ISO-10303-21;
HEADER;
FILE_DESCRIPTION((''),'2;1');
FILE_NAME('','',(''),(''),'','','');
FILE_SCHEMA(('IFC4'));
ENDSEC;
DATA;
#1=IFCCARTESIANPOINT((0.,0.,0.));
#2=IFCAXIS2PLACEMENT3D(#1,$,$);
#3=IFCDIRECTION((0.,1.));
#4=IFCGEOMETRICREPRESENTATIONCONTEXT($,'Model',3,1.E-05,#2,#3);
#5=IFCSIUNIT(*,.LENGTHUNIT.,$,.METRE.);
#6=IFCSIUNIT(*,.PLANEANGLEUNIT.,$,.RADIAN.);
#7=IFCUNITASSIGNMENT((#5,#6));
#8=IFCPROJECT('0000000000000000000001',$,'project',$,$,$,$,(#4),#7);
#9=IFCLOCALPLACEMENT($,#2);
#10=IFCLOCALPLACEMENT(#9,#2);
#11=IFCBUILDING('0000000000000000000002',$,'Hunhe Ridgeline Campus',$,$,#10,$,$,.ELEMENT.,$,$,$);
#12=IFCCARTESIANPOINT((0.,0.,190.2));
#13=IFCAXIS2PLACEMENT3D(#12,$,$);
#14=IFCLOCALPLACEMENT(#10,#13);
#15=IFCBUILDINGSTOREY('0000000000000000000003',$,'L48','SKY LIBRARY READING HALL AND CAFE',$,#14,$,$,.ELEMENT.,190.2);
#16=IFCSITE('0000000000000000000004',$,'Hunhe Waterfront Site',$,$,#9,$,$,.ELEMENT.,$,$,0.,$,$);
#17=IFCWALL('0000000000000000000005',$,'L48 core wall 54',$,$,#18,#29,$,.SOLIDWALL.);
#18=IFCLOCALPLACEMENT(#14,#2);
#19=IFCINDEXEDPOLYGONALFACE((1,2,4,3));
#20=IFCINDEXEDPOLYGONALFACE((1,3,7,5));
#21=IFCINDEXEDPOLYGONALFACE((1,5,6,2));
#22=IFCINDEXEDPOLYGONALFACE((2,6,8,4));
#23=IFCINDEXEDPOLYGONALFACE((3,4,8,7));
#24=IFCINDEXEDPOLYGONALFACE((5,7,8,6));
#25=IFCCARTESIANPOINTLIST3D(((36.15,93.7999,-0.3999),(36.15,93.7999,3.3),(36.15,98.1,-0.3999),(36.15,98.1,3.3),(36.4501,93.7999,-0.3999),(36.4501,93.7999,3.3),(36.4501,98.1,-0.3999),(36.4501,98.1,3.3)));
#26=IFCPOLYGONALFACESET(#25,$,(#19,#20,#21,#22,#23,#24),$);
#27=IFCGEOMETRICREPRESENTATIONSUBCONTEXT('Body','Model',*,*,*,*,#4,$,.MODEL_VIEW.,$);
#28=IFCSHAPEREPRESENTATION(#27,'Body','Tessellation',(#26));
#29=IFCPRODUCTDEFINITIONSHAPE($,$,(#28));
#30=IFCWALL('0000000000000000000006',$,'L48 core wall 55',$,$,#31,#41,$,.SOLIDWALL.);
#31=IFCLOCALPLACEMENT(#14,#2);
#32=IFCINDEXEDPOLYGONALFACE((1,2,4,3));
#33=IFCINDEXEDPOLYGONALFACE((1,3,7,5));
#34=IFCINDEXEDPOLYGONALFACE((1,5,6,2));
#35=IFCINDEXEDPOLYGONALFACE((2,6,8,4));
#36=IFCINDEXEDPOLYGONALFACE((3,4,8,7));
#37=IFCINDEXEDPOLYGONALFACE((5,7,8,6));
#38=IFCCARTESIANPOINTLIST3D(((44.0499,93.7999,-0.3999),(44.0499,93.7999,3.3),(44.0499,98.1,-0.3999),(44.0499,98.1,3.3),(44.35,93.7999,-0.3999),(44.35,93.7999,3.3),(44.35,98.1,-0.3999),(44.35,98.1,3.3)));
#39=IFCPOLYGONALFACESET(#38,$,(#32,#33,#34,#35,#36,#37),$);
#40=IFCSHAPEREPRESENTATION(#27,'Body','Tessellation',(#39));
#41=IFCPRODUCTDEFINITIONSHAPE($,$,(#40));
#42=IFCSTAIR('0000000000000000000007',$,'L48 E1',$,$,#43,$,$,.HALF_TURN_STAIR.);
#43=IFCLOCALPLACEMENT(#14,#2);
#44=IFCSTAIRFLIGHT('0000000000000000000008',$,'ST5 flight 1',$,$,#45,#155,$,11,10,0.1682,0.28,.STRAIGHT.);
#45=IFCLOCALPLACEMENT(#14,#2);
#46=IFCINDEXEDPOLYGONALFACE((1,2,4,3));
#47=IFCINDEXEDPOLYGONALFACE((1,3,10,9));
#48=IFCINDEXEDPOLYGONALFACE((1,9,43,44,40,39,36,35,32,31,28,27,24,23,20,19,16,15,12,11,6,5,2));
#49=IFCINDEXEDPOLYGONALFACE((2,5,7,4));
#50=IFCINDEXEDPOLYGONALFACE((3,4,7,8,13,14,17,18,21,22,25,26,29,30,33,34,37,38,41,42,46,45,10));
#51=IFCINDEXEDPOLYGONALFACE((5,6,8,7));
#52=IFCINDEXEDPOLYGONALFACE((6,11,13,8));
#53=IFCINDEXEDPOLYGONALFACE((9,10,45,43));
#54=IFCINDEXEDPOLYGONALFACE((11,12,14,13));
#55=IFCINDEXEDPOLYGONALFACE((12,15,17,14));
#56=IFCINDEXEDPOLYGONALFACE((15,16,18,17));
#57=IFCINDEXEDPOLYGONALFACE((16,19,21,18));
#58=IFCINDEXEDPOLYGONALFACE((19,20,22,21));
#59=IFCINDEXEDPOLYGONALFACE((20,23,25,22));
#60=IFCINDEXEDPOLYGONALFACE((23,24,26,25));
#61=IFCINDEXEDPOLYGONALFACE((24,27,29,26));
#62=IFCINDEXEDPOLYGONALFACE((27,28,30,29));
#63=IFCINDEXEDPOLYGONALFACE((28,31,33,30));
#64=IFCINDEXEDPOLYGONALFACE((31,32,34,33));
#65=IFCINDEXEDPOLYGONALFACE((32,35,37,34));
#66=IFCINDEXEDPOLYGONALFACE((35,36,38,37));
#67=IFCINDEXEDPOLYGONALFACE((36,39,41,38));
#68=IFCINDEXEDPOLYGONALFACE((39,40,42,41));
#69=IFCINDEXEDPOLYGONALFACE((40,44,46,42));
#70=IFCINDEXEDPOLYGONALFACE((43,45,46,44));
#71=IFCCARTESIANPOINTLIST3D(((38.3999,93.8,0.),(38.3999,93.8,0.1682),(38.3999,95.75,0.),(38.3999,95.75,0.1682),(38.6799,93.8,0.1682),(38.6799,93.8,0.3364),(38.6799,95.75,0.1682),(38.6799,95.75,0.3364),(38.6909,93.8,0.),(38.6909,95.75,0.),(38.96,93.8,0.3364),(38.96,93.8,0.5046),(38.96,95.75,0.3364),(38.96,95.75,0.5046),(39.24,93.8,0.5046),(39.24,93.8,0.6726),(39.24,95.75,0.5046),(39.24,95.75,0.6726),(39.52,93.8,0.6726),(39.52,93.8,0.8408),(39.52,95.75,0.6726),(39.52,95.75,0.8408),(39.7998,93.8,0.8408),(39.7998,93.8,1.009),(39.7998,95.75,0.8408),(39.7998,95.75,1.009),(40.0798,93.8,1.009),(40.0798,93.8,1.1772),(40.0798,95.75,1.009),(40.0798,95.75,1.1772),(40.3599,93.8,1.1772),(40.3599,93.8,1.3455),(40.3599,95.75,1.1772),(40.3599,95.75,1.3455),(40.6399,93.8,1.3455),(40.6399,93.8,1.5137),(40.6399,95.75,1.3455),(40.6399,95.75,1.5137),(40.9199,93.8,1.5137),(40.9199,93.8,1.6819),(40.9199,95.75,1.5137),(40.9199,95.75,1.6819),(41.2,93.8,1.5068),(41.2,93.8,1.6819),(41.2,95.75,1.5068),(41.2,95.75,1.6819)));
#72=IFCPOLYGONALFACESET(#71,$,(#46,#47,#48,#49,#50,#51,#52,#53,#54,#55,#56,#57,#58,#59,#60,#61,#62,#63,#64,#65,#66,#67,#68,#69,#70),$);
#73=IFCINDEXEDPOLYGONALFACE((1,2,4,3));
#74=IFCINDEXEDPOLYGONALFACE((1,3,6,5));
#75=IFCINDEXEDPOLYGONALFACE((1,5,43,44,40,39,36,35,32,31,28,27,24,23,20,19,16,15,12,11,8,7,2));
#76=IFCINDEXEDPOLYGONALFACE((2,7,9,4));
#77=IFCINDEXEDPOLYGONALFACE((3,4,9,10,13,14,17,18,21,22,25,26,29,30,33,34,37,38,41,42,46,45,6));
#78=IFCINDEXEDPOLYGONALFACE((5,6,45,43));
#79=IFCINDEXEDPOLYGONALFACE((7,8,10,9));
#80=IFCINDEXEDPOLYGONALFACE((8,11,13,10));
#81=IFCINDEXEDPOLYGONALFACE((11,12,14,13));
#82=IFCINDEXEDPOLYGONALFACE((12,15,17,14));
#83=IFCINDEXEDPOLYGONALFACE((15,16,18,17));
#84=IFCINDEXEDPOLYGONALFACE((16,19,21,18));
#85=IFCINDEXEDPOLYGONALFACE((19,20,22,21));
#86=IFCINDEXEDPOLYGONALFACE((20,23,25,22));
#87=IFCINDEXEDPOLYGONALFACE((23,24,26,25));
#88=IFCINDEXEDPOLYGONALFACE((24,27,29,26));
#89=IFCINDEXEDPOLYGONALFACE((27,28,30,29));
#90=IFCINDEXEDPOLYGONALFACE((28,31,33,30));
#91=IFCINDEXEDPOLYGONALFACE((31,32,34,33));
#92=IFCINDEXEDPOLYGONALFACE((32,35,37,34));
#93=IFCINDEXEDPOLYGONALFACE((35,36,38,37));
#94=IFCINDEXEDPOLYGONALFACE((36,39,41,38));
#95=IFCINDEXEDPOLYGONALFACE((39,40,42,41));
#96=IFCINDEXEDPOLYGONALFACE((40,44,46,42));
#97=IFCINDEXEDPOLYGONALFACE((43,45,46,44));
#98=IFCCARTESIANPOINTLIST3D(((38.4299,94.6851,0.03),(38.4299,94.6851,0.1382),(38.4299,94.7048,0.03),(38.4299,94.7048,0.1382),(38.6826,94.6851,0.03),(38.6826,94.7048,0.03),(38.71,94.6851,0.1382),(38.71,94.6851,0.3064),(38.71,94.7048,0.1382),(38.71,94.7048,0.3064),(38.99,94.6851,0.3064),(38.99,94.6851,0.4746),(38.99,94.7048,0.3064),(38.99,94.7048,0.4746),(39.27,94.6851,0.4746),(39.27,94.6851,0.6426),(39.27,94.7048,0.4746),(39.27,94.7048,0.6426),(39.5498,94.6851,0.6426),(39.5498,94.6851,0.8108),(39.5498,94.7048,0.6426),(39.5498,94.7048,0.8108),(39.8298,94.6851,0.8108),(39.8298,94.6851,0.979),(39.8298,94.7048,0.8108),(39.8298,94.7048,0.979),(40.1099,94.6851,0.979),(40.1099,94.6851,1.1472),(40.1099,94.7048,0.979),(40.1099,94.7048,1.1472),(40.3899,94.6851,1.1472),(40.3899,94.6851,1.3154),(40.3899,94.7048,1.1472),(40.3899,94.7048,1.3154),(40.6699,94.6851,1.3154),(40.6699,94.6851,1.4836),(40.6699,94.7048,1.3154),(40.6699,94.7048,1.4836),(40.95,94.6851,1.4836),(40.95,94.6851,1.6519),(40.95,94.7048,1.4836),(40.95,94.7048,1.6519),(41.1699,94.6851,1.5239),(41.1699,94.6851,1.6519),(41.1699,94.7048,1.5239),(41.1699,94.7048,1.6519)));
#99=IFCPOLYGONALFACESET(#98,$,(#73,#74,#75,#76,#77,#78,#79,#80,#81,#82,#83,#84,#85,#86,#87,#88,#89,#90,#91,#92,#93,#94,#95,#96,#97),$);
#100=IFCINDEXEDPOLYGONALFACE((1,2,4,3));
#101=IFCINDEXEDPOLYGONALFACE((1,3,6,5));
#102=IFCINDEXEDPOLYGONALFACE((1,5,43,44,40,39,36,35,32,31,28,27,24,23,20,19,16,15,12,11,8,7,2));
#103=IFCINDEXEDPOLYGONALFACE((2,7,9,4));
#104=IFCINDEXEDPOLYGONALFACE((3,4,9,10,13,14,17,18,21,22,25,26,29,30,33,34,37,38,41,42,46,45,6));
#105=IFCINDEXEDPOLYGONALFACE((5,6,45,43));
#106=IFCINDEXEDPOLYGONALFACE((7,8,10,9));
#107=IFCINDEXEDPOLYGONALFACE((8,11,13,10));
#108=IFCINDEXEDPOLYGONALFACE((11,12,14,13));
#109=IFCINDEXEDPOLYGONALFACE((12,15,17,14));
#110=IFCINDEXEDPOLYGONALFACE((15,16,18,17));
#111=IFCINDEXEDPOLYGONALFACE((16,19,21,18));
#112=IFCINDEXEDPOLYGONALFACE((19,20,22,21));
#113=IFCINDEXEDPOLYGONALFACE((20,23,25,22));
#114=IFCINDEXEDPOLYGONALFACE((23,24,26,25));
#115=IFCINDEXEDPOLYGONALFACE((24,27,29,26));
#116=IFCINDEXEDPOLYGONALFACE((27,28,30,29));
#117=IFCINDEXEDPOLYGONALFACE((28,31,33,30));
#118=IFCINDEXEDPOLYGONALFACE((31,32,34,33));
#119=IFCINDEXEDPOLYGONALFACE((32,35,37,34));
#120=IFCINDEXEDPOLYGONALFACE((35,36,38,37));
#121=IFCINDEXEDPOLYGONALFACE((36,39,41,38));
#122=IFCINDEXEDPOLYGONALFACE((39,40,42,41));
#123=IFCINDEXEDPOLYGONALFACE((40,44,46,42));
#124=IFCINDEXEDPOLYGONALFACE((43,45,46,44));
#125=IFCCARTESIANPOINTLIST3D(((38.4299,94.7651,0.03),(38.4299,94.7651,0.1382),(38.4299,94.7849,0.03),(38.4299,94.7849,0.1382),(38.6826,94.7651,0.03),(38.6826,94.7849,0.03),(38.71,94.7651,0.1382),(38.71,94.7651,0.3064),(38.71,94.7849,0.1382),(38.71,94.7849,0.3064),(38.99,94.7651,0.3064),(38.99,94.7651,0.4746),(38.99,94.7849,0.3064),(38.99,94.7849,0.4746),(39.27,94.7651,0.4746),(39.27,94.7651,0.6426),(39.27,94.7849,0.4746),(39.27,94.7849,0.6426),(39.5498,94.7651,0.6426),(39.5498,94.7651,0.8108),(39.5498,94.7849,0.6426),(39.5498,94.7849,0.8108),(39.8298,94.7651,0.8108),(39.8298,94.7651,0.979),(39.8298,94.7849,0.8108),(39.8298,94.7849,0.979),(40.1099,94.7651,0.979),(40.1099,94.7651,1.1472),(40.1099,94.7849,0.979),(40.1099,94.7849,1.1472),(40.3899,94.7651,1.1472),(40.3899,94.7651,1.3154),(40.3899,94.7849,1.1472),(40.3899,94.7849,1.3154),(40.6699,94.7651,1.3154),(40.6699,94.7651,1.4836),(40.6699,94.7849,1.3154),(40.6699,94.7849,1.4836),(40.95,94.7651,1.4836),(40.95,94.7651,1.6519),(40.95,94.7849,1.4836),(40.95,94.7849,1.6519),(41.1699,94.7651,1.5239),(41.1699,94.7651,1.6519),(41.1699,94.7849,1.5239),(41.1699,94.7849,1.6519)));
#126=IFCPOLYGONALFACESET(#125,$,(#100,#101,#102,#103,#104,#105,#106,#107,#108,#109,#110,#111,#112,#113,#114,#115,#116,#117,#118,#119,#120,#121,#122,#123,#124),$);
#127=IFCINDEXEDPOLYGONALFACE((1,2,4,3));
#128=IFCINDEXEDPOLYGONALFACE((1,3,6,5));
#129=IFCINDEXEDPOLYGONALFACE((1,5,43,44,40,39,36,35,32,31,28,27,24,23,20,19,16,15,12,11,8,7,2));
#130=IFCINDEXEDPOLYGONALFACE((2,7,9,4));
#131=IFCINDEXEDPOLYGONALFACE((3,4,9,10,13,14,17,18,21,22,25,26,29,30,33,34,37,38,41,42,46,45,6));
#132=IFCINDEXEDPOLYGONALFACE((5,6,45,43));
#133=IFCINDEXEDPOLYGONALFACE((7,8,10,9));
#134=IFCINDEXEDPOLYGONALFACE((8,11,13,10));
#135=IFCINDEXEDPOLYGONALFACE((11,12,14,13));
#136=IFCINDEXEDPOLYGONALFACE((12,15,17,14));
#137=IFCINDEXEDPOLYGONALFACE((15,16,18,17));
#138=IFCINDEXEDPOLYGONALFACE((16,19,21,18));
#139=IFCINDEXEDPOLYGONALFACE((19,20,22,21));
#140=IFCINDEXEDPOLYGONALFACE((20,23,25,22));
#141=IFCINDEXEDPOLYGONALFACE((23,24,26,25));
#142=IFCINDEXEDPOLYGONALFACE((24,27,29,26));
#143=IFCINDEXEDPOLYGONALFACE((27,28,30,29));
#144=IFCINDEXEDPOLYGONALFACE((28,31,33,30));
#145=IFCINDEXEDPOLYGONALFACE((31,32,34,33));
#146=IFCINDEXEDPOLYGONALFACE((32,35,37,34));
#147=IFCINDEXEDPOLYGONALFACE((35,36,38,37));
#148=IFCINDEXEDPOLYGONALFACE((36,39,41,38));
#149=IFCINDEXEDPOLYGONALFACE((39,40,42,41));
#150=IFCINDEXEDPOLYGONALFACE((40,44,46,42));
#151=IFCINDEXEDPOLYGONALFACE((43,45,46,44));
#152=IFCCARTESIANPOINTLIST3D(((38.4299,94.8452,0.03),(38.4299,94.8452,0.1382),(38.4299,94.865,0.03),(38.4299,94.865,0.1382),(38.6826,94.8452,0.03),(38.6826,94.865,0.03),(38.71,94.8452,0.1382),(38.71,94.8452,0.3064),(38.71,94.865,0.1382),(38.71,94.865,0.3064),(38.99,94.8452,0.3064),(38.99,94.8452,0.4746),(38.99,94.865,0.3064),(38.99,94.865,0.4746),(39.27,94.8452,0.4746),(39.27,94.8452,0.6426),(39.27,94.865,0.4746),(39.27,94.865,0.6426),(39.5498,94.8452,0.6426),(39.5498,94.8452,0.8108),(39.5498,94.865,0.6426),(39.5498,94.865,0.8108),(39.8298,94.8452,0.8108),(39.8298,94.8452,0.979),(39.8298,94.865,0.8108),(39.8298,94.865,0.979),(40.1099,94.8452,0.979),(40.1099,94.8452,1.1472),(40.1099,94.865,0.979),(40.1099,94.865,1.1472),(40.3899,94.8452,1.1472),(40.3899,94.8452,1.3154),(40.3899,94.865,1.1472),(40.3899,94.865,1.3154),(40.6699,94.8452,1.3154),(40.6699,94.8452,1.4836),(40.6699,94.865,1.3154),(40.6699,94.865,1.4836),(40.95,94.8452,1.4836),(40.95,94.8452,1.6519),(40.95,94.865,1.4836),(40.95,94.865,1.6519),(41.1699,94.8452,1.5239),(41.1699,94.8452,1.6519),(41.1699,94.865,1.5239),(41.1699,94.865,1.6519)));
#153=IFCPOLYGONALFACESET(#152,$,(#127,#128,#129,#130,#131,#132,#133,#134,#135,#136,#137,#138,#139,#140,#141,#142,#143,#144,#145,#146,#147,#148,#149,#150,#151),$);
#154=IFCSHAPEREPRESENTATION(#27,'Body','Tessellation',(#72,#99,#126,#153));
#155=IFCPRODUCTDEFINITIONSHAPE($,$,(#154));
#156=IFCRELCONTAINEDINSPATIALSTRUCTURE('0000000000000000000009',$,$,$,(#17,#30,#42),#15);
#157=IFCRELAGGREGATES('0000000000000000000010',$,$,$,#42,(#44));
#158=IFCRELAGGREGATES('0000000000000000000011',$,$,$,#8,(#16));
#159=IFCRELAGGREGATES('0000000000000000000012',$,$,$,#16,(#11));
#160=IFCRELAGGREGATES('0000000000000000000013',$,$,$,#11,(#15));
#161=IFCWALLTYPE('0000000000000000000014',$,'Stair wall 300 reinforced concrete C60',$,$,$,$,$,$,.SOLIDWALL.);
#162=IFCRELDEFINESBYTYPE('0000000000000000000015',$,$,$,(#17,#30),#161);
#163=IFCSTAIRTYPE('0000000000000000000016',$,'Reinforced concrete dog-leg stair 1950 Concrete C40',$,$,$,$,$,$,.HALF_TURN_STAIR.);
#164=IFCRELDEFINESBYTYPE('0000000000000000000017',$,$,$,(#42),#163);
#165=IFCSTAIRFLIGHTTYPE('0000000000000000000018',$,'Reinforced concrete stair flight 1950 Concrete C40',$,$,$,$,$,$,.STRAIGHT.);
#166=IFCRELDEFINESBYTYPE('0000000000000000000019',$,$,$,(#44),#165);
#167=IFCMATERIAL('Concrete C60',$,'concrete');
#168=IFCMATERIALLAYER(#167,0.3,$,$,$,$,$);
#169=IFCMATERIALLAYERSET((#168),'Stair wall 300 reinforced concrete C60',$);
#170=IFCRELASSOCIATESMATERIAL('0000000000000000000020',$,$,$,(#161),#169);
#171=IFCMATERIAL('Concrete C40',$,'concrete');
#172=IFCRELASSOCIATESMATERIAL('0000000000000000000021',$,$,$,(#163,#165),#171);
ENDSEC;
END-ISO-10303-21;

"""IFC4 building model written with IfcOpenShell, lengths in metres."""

from ifc_helpers import new_model, si_unit, direction, frame, frame_2d, origin, place, context, subcontext, project, spatial, polyline, rectangle, outline, extrude, material, layer, layer_set, type_object, element, aggregate, save


model = new_model("IFC4")

# Units and contexts
model_context = context("Model", 3, precision=1e-05, world=origin(), true_north=direction((0.0, 1.0)))
body_context = subcontext(model_context, "Body", "Model", "MODEL_VIEW")
ifc_project = project(units=[si_unit("LENGTHUNIT", "METRE"), si_unit("PLANEANGLEUNIT", "RADIAN")], contexts=[model_context])

# Site, building, storey
site_placement = place(None, origin())
site = spatial("IfcSite", under=ifc_project, at=site_placement, Name="Hunhe Waterfront Site", CompositionType="ELEMENT", RefElevation=0.0)
building_placement = place(site_placement, origin())
building = spatial("IfcBuilding", under=site, at=building_placement, Name="Hunhe Ridgeline Campus", CompositionType="ELEMENT")
storey_placement = place(building_placement, frame((0.0, 0.0, 190.2)))
storey = spatial("IfcBuildingStorey", under=building, at=storey_placement, Name="L48", Description="SKY LIBRARY READING HALL AND CAFE", CompositionType="ELEMENT", Elevation=190.2)

# Shared definitions
ifc_material_1 = material(Name="Concrete C60", Category="concrete")

# Walls
ifc_layer_1 = layer(ifc_material_1, 0.3)
ifc_layer_set_1 = layer_set([ifc_layer_1], Name="Stair wall 300 reinforced concrete C60")
wall_type_1 = type_object("IfcWallType", Name="Stair wall 300 reinforced concrete C60", PredefinedType="SOLIDWALL", material=ifc_layer_set_1)
for number, where, z_axis, x_axis, name in (
    (1, (36.3, 93.8, -0.3999), (0.0, 0.0, 1.0), (0.0, 1.0, 0.0), "L48 core wall 54"),
    (2, (44.2, 93.8, -0.3999), (0.0, 0.0, 1.0), (0.0, 1.0, 0.0), "L48 core wall 55"),
):
    element("IfcWall", number, at=place(storey_placement, frame(where, z_axis=z_axis, x_axis=x_axis)), inside=storey, type_object=wall_type_1, Name=name, PredefinedType="SOLIDWALL", context=body_context, shape_type="SweptSolid", body=[
        extrude(rectangle(XDim=4.3, YDim=0.3, at=frame_2d((2.1499, 0.0))), origin(), (0.0, 0.0, 1.0), 3.7),
    ])

# Stair, stair flight
ifc_material_2 = material(Name="Concrete C40", Category="concrete")
stair_type = type_object("IfcStairType", Name="Reinforced concrete dog-leg stair 1950 Concrete C40", PredefinedType="HALF_TURN_STAIR", material=ifc_material_2)
stair_placement = place(storey_placement, origin())
stair = element("IfcStair", 3, at=stair_placement, inside=storey, type_object=stair_type, Name="L48 E1", PredefinedType="HALF_TURN_STAIR")
stair_flight_type = type_object("IfcStairFlightType", Name="Reinforced concrete stair flight 1950 Concrete C40", PredefinedType="STRAIGHT", material=ifc_material_2)
stair_flight_1_placement = place(storey_placement, frame((38.3999, 94.7749, 0.0), z_axis=(0.0, 0.0, 1.0), x_axis=(1.0, 0.0, 0.0)))
stair_flight_1 = element("IfcStairFlight", 4, at=stair_flight_1_placement, type_object=stair_flight_type, Name="ST5 flight 1", NumberOfRisers=11, NumberOfTreads=10, PredefinedType="STRAIGHT", RiserHeight=0.1682, TreadLength=0.28, context=body_context, shape_type="SweptSolid", body=[
    extrude(outline(polyline([(0.0, 0.0), (0.0, 0.1682), (0.28, 0.1682), (0.28, 0.3364), (0.5601, 0.3364), (0.5601, 0.5046), (0.8401, 0.5046), (0.8401, 0.6726), (1.1201, 0.6726), (1.1201, 0.8408), (1.3999, 0.8408), (1.3999, 1.009), (1.6799, 1.009), (1.6799, 1.1772), (1.96, 1.1772), (1.96, 1.3455), (2.24, 1.3455), (2.24, 1.5137), (2.52, 1.5137), (2.52, 1.6819), (2.8, 1.6819), (2.8, 1.8501), (2.8, 1.5068), (0.291, 0.0), (0.0, 0.0)])), frame((0.0, 0.9751, 0.0), z_axis=(0.0, -1.0, 0.0), x_axis=(1.0, 0.0, 0.0)), (0.0, 0.0, 1.0), 1.95),
    extrude(outline(polyline([(0.03, 0.03), (0.03, 0.1382), (0.3101, 0.1382), (0.3101, 0.3064), (0.5901, 0.3064), (0.5901, 0.4746), (0.8701, 0.4746), (0.8701, 0.6426), (1.1499, 0.6426), (1.1499, 0.8108), (1.4299, 0.8108), (1.4299, 0.979), (1.71, 0.979), (1.71, 1.1472), (1.99, 1.1472), (1.99, 1.3154), (2.27, 1.3154), (2.27, 1.4836), (2.55, 1.4836), (2.55, 1.6519), (2.77, 1.6519), (2.77, 1.5239), (0.2827, 0.03), (0.03, 0.03)])), frame((0.0, -0.0701, 0.0), z_axis=(0.0, -1.0, 0.0), x_axis=(1.0, 0.0, 0.0)), (0.0, 0.0, 1.0), 0.0198),
    extrude(outline(polyline([(0.03, 0.03), (0.03, 0.1382), (0.3101, 0.1382), (0.3101, 0.3064), (0.5901, 0.3064), (0.5901, 0.4746), (0.8701, 0.4746), (0.8701, 0.6426), (1.1499, 0.6426), (1.1499, 0.8108), (1.4299, 0.8108), (1.4299, 0.979), (1.71, 0.979), (1.71, 1.1472), (1.99, 1.1472), (1.99, 1.3154), (2.27, 1.3154), (2.27, 1.4836), (2.55, 1.4836), (2.55, 1.6519), (2.77, 1.6519), (2.77, 1.5239), (0.2827, 0.03), (0.03, 0.03)])), frame((0.0, 0.01, 0.0), z_axis=(0.0, -1.0, 0.0), x_axis=(1.0, 0.0, 0.0)), (0.0, 0.0, 1.0), 0.0198),
    extrude(outline(polyline([(0.03, 0.03), (0.03, 0.1382), (0.3101, 0.1382), (0.3101, 0.3064), (0.5901, 0.3064), (0.5901, 0.4746), (0.8701, 0.4746), (0.8701, 0.6426), (1.1499, 0.6426), (1.1499, 0.8108), (1.4299, 0.8108), (1.4299, 0.979), (1.71, 0.979), (1.71, 1.1472), (1.99, 1.1472), (1.99, 1.3154), (2.27, 1.3154), (2.27, 1.4836), (2.55, 1.4836), (2.55, 1.6519), (2.77, 1.6519), (2.77, 1.5239), (0.2827, 0.03), (0.03, 0.03)])), frame((0.0, 0.0901, 0.0), z_axis=(0.0, -1.0, 0.0), x_axis=(1.0, 0.0, 0.0)), (0.0, 0.0, 1.0), 0.0198),
])
aggregate(stair, [stair_flight_1])

save(model, "model.ifc")
